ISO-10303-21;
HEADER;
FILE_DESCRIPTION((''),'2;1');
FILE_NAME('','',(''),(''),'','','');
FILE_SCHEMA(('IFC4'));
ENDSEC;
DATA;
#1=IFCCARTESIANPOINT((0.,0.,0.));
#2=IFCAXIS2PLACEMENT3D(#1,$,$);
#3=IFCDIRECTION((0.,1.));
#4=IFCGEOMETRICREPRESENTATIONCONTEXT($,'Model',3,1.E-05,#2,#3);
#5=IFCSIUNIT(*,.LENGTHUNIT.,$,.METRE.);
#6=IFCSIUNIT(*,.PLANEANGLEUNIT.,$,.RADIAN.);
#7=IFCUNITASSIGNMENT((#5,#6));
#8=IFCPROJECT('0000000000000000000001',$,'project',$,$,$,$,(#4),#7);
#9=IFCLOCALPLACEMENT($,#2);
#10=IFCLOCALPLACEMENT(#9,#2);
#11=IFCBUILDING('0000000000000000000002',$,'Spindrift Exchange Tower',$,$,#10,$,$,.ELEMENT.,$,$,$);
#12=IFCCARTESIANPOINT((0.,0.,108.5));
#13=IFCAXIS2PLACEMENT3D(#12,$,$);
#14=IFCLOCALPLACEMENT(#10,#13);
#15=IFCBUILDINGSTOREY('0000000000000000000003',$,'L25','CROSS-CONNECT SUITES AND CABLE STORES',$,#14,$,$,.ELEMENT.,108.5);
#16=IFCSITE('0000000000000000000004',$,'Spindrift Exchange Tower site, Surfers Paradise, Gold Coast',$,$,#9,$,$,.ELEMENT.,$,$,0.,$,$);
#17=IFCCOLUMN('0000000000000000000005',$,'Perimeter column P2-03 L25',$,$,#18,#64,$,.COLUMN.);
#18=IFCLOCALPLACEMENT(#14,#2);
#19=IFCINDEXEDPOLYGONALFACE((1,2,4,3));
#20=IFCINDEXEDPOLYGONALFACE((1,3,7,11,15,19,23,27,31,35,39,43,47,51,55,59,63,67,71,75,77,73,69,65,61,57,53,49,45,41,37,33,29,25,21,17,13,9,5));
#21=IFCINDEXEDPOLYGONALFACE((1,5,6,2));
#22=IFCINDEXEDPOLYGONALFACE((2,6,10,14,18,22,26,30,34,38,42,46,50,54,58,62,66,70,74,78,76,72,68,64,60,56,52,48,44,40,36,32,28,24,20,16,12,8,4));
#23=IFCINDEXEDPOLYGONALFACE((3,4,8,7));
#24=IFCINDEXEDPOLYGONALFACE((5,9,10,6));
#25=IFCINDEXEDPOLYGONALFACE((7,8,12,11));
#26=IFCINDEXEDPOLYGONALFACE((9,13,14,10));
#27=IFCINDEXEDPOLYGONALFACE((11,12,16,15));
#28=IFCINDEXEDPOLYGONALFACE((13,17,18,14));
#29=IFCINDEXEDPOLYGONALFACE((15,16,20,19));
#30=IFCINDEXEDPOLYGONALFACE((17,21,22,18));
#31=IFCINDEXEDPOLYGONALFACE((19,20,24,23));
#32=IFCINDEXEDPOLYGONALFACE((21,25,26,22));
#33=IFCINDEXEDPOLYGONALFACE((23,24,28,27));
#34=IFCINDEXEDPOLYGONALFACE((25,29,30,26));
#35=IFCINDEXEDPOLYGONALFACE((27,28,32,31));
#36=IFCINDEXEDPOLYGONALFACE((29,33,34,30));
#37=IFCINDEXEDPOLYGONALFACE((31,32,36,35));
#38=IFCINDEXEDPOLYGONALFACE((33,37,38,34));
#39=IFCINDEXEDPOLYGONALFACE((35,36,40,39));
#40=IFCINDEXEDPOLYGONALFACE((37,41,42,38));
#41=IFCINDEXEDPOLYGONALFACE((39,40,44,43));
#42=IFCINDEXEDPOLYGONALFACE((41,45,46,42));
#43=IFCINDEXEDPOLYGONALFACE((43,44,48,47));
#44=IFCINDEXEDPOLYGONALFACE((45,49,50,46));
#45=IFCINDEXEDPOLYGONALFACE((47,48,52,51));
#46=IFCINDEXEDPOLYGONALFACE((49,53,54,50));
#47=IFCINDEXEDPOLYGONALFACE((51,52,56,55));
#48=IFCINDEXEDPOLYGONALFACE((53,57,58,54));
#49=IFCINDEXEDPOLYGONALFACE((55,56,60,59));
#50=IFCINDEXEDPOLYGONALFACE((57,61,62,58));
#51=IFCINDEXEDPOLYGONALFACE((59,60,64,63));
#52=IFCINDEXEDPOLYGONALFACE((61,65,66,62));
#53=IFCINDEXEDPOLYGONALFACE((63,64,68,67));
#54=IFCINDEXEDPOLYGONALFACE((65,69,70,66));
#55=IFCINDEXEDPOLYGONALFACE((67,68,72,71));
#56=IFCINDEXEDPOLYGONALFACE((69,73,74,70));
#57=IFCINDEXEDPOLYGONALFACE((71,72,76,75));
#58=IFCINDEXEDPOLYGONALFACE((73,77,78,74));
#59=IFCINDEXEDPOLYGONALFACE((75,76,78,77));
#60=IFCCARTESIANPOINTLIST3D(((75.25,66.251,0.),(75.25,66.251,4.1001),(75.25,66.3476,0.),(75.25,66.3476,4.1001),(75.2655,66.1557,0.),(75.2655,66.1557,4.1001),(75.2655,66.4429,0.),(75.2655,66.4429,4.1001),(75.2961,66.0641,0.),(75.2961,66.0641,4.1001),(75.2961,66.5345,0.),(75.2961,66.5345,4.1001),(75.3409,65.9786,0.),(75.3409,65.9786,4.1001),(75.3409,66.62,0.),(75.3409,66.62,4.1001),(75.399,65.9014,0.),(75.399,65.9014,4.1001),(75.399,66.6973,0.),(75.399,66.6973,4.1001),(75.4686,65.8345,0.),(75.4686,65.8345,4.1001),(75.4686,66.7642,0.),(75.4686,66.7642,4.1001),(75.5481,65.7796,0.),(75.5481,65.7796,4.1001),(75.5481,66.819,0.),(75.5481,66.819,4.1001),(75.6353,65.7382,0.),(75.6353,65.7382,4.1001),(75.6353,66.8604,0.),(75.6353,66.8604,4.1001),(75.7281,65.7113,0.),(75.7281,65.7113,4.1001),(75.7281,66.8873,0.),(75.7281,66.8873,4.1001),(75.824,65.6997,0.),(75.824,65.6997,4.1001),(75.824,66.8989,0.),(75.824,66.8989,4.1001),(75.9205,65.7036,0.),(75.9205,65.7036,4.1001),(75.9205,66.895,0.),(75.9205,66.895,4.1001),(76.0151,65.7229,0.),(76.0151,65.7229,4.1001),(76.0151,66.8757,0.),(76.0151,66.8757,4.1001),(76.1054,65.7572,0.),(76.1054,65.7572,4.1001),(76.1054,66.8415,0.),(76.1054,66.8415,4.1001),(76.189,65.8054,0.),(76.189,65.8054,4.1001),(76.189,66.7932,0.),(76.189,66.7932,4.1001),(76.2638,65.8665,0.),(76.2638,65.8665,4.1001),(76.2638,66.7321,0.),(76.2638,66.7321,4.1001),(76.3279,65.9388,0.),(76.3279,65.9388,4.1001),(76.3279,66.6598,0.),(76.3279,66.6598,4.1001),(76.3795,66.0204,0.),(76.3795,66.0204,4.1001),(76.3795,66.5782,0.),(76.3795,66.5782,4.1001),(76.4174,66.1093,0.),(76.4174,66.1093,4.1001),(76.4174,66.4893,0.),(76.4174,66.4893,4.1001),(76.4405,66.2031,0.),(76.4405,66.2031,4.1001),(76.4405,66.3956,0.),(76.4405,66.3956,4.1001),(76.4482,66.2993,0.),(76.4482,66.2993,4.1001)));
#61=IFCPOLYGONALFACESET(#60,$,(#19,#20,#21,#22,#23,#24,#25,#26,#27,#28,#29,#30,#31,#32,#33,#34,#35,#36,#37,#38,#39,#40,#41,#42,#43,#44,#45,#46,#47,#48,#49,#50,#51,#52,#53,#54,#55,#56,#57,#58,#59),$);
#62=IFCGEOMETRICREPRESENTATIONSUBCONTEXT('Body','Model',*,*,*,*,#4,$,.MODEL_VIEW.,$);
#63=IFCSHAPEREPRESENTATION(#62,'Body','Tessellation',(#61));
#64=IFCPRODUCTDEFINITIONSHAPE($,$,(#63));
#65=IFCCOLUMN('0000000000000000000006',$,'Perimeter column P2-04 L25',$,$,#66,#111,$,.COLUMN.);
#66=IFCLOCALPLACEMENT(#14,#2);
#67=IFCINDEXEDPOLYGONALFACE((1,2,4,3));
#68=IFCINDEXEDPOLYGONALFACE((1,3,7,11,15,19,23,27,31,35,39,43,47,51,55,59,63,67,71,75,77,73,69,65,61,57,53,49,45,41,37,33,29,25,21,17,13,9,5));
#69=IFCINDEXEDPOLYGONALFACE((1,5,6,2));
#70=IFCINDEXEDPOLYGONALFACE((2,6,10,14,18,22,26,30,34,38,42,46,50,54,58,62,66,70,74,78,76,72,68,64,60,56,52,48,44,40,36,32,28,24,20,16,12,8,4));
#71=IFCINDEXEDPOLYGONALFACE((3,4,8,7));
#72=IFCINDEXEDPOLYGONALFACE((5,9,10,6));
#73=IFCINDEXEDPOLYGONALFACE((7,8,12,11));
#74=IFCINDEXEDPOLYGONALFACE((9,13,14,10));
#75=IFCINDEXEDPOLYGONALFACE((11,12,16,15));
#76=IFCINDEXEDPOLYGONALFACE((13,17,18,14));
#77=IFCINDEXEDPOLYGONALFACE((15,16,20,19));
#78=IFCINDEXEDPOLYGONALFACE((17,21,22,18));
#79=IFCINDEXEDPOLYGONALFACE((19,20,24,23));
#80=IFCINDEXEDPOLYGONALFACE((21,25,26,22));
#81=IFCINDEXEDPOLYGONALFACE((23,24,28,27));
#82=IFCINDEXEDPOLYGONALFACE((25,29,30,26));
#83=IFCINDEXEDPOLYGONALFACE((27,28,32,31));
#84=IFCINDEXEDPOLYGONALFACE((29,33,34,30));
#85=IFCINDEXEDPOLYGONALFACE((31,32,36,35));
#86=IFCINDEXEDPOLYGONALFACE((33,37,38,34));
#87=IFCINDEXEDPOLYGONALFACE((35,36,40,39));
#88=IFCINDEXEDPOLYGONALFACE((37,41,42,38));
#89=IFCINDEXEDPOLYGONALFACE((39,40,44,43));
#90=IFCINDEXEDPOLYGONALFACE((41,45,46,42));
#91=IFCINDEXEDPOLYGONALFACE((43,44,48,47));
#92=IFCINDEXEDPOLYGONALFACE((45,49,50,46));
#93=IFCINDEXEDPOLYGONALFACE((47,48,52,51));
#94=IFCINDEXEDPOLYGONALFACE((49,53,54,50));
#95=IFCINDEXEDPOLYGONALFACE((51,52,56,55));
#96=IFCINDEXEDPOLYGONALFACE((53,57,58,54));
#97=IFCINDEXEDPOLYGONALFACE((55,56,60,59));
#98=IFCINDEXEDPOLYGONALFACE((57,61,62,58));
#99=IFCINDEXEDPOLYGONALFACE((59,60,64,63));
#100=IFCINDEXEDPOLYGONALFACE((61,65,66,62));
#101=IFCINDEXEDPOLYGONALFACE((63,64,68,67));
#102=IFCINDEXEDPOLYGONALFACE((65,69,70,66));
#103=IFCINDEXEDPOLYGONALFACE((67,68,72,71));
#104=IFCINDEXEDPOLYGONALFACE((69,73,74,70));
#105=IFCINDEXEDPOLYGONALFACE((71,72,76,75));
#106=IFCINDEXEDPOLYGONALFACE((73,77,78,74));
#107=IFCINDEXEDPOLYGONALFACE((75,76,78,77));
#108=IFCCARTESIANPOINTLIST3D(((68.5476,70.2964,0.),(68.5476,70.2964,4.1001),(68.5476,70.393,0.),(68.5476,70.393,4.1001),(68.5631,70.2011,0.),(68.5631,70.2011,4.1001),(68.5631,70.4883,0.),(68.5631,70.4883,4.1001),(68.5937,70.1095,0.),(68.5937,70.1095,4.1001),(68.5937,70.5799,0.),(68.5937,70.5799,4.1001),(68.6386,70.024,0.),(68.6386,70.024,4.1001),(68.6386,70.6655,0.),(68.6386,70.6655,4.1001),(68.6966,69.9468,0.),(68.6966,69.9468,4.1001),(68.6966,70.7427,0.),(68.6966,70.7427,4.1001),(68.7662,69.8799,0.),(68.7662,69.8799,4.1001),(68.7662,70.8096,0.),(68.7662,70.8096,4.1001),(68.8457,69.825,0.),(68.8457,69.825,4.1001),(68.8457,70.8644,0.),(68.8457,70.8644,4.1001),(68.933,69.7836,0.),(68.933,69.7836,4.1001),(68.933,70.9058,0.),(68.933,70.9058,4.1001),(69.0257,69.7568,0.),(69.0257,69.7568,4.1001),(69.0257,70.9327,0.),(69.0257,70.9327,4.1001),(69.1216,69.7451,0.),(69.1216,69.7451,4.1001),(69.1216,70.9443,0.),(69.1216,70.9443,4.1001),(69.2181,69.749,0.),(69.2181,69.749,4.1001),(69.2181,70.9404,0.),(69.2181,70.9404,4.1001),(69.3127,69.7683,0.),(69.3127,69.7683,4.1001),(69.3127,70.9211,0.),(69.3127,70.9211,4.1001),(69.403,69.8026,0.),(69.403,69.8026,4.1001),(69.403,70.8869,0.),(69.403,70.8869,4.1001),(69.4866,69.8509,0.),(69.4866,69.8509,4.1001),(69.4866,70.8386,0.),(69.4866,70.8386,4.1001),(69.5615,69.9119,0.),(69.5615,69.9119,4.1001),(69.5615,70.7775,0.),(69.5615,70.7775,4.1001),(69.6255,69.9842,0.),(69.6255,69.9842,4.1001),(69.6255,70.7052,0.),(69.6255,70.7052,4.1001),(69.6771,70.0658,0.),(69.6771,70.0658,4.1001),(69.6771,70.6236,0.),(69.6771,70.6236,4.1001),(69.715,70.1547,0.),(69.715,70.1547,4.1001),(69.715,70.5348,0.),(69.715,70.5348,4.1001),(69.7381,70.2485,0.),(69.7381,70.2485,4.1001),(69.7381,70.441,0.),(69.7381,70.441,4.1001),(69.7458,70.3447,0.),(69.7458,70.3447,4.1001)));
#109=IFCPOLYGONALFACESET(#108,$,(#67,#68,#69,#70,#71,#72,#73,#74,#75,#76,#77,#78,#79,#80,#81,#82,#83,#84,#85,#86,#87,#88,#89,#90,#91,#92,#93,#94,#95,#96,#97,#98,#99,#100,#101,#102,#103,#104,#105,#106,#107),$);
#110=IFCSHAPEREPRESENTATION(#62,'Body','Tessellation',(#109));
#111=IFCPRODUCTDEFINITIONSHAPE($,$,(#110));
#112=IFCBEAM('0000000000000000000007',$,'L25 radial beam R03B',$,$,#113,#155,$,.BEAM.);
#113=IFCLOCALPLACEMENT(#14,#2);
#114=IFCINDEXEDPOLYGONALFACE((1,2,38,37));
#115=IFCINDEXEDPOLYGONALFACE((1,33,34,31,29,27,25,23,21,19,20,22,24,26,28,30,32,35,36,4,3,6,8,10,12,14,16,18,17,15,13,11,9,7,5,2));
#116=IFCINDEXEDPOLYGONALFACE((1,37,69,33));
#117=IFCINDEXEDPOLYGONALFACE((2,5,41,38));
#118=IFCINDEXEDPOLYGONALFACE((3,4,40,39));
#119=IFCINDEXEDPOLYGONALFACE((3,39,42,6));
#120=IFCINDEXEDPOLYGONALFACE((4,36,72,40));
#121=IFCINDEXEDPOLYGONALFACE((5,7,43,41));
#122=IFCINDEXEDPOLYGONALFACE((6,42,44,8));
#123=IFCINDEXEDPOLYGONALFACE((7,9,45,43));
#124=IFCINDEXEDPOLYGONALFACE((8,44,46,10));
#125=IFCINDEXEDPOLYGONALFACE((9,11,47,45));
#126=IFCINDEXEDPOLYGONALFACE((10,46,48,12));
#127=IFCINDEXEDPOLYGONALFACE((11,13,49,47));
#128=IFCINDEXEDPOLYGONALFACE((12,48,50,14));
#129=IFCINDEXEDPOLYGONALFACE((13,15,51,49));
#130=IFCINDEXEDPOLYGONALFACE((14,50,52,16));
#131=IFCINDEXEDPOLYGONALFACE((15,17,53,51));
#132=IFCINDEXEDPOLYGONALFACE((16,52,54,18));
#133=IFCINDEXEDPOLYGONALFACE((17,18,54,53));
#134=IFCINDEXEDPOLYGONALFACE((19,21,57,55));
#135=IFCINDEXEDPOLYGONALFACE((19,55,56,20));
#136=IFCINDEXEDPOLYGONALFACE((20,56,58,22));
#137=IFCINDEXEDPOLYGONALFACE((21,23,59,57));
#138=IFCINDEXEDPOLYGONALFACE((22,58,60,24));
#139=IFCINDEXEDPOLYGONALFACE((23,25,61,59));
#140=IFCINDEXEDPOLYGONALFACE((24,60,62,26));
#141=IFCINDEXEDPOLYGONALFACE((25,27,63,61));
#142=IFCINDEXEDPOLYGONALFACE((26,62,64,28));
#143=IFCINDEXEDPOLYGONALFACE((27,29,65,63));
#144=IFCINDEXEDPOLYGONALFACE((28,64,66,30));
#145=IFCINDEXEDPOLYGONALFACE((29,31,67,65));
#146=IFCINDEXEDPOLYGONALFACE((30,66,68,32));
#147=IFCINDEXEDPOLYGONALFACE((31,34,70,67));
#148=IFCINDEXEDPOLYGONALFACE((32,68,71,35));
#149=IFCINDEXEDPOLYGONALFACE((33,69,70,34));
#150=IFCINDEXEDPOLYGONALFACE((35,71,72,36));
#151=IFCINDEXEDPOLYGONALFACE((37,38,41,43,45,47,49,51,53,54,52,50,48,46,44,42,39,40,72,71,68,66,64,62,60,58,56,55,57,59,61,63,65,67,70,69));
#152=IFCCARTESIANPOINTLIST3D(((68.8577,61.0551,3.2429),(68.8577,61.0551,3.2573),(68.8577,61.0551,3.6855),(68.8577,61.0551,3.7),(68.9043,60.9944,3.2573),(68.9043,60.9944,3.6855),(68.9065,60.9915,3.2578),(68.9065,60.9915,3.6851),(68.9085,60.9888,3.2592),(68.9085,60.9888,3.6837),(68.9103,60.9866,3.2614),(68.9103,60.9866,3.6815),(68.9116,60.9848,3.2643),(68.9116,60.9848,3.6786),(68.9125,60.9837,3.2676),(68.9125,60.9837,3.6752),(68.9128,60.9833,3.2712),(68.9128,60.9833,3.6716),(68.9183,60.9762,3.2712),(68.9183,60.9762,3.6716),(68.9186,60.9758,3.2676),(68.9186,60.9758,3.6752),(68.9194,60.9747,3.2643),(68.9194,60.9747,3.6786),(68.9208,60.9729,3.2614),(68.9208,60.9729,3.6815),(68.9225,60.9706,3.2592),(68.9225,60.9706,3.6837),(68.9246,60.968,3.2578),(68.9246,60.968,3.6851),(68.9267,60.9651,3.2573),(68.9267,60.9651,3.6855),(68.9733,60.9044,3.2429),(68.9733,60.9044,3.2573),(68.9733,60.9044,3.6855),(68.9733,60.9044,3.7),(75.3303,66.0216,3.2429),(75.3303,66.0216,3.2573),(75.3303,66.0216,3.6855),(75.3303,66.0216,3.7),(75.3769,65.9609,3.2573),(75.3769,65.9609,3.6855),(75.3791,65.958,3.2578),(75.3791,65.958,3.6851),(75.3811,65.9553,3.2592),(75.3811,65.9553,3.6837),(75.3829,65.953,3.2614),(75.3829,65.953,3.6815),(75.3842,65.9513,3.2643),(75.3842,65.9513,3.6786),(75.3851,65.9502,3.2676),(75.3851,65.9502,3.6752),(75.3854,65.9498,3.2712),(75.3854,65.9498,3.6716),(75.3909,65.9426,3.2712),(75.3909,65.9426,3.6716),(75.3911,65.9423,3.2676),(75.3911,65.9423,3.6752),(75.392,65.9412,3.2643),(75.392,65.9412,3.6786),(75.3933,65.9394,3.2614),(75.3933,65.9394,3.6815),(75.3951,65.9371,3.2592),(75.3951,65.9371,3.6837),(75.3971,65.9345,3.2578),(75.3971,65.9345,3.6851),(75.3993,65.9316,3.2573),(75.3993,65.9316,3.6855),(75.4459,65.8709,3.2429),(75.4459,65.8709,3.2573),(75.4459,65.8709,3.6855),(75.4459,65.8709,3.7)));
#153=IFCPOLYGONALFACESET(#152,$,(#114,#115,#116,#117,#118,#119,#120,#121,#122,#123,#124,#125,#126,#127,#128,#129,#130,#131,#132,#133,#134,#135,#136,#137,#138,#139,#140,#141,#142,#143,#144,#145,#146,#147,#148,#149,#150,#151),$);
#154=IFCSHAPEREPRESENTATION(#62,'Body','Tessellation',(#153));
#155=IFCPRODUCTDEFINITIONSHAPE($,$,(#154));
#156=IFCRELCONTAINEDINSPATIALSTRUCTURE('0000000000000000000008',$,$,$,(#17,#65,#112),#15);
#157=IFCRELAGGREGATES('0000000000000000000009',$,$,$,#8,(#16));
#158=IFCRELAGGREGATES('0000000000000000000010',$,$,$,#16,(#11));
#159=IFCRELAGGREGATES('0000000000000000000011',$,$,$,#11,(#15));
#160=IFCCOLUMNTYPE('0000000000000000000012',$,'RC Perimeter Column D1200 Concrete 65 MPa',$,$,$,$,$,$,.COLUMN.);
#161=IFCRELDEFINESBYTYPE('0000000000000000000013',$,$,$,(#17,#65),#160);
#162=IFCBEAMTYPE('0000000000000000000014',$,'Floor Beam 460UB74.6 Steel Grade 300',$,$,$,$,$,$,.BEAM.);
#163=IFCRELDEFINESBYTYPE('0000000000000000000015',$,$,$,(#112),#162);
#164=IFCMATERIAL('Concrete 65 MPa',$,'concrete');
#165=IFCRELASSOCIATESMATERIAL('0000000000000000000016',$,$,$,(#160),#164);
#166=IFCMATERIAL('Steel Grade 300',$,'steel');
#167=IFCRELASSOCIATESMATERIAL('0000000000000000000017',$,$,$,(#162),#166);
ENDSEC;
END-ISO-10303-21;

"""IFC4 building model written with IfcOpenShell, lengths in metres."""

from ifc_helpers import new_model, si_unit, direction, frame, origin, origin_2d, place, context, subcontext, project, spatial, circle, i_section, extrude, source, transform, mapped, material, material_profile, profile_set, type_object, element, save


model = new_model("IFC4")

# Units and contexts
model_context = context("Model", 3, precision=1e-05, world=origin(), true_north=direction((0.0, 1.0)))
body_context = subcontext(model_context, "Body", "Model", "MODEL_VIEW")
ifc_project = project(units=[si_unit("LENGTHUNIT", "METRE"), si_unit("PLANEANGLEUNIT", "RADIAN")], contexts=[model_context])

# Site, building, storey
site_placement = place(None, origin())
site = spatial("IfcSite", under=ifc_project, at=site_placement, Name="Spindrift Exchange Tower site, Surfers Paradise, Gold Coast", CompositionType="ELEMENT", RefElevation=0.0)
building_placement = place(site_placement, origin())
building = spatial("IfcBuilding", under=site, at=building_placement, Name="Spindrift Exchange Tower", CompositionType="ELEMENT")
storey_placement = place(building_placement, frame((0.0, 0.0, 108.5)))
storey = spatial("IfcBuildingStorey", under=building, at=storey_placement, Name="L25", Description="CROSS-CONNECT SUITES AND CABLE STORES", CompositionType="ELEMENT", Elevation=108.5)

# Columns
ifc_material_1 = material(Name="Concrete 65 MPa", Category="concrete")
ifc_material_profile_1 = material_profile(ifc_material_1, circle(Radius=0.6001, at=origin_2d()), Name="RC D1200")
ifc_profile_set_1 = profile_set([ifc_material_profile_1], Name="Concrete 65 MPa")
column_type = type_object("IfcColumnType", Name="RC Perimeter Column D1200 Concrete 65 MPa", PredefinedType="COLUMN", material=ifc_profile_set_1)
shared_shape_1 = source(origin(), body_context, "Body", "SweptSolid", [
    extrude(circle(Radius=0.6001, at=origin_2d()), origin(), (0.0, 0.0, 1.0), 4.1001),
])
for number, where, z_axis, x_axis, name in (
    (1, (75.8481, 66.2993, 0.0), (0.0, 0.0, 1.0), (1.0, 0.0, 0.0), "Perimeter column P2-03 L25"),
    (2, (69.1458, 70.3447, 0.0), (0.0, 0.0, 1.0), (1.0, 0.0, 0.0), "Perimeter column P2-04 L25"),
):
    element("IfcColumn", number, at=place(storey_placement, frame(where, z_axis=z_axis, x_axis=x_axis)), inside=storey, type_object=column_type, Name=name, PredefinedType="COLUMN", context=body_context, shape_type="MappedRepresentation", body=[
        mapped(shared_shape_1, transform((0.0, 0.0, 0.0), scale=1.0)),
    ])

# Beam
ifc_material_2 = material(Name="Steel Grade 300", Category="steel")
ifc_material_profile_2 = material_profile(ifc_material_2, i_section(OverallWidth=0.1899, OverallDepth=0.457, WebThickness=0.009, FlangeThickness=0.0144, FilletRadius=0.0139, at=origin_2d()), Name="460UB74.6")
ifc_profile_set_2 = profile_set([ifc_material_profile_2], Name="Steel Grade 300")
beam_type_1 = type_object("IfcBeamType", Name="Floor Beam 460UB74.6 Steel Grade 300", PredefinedType="BEAM", material=ifc_profile_set_2)
shared_shape_2 = source(origin(), body_context, "Body", "SweptSolid", [
    extrude(i_section(OverallWidth=0.1899, OverallDepth=0.457, WebThickness=0.009, FlangeThickness=0.0144, FilletRadius=0.0139, at=origin_2d()), origin(), (0.0, 0.0, 1.0), 8.1584),
])
beam_1_placement = place(storey_placement, frame((68.9155, 60.9797, 3.4714), z_axis=(0.793359, 0.608754, 0.0), x_axis=(-0.608754, 0.793359, 0.0)))
element("IfcBeam", 3, at=beam_1_placement, inside=storey, type_object=beam_type_1, Name="L25 radial beam R03B", PredefinedType="BEAM", context=body_context, shape_type="MappedRepresentation", body=[
    mapped(shared_shape_2, transform((0.0, 0.0, 0.0), scale=1.0)),
])

save(model, "model.ifc")
